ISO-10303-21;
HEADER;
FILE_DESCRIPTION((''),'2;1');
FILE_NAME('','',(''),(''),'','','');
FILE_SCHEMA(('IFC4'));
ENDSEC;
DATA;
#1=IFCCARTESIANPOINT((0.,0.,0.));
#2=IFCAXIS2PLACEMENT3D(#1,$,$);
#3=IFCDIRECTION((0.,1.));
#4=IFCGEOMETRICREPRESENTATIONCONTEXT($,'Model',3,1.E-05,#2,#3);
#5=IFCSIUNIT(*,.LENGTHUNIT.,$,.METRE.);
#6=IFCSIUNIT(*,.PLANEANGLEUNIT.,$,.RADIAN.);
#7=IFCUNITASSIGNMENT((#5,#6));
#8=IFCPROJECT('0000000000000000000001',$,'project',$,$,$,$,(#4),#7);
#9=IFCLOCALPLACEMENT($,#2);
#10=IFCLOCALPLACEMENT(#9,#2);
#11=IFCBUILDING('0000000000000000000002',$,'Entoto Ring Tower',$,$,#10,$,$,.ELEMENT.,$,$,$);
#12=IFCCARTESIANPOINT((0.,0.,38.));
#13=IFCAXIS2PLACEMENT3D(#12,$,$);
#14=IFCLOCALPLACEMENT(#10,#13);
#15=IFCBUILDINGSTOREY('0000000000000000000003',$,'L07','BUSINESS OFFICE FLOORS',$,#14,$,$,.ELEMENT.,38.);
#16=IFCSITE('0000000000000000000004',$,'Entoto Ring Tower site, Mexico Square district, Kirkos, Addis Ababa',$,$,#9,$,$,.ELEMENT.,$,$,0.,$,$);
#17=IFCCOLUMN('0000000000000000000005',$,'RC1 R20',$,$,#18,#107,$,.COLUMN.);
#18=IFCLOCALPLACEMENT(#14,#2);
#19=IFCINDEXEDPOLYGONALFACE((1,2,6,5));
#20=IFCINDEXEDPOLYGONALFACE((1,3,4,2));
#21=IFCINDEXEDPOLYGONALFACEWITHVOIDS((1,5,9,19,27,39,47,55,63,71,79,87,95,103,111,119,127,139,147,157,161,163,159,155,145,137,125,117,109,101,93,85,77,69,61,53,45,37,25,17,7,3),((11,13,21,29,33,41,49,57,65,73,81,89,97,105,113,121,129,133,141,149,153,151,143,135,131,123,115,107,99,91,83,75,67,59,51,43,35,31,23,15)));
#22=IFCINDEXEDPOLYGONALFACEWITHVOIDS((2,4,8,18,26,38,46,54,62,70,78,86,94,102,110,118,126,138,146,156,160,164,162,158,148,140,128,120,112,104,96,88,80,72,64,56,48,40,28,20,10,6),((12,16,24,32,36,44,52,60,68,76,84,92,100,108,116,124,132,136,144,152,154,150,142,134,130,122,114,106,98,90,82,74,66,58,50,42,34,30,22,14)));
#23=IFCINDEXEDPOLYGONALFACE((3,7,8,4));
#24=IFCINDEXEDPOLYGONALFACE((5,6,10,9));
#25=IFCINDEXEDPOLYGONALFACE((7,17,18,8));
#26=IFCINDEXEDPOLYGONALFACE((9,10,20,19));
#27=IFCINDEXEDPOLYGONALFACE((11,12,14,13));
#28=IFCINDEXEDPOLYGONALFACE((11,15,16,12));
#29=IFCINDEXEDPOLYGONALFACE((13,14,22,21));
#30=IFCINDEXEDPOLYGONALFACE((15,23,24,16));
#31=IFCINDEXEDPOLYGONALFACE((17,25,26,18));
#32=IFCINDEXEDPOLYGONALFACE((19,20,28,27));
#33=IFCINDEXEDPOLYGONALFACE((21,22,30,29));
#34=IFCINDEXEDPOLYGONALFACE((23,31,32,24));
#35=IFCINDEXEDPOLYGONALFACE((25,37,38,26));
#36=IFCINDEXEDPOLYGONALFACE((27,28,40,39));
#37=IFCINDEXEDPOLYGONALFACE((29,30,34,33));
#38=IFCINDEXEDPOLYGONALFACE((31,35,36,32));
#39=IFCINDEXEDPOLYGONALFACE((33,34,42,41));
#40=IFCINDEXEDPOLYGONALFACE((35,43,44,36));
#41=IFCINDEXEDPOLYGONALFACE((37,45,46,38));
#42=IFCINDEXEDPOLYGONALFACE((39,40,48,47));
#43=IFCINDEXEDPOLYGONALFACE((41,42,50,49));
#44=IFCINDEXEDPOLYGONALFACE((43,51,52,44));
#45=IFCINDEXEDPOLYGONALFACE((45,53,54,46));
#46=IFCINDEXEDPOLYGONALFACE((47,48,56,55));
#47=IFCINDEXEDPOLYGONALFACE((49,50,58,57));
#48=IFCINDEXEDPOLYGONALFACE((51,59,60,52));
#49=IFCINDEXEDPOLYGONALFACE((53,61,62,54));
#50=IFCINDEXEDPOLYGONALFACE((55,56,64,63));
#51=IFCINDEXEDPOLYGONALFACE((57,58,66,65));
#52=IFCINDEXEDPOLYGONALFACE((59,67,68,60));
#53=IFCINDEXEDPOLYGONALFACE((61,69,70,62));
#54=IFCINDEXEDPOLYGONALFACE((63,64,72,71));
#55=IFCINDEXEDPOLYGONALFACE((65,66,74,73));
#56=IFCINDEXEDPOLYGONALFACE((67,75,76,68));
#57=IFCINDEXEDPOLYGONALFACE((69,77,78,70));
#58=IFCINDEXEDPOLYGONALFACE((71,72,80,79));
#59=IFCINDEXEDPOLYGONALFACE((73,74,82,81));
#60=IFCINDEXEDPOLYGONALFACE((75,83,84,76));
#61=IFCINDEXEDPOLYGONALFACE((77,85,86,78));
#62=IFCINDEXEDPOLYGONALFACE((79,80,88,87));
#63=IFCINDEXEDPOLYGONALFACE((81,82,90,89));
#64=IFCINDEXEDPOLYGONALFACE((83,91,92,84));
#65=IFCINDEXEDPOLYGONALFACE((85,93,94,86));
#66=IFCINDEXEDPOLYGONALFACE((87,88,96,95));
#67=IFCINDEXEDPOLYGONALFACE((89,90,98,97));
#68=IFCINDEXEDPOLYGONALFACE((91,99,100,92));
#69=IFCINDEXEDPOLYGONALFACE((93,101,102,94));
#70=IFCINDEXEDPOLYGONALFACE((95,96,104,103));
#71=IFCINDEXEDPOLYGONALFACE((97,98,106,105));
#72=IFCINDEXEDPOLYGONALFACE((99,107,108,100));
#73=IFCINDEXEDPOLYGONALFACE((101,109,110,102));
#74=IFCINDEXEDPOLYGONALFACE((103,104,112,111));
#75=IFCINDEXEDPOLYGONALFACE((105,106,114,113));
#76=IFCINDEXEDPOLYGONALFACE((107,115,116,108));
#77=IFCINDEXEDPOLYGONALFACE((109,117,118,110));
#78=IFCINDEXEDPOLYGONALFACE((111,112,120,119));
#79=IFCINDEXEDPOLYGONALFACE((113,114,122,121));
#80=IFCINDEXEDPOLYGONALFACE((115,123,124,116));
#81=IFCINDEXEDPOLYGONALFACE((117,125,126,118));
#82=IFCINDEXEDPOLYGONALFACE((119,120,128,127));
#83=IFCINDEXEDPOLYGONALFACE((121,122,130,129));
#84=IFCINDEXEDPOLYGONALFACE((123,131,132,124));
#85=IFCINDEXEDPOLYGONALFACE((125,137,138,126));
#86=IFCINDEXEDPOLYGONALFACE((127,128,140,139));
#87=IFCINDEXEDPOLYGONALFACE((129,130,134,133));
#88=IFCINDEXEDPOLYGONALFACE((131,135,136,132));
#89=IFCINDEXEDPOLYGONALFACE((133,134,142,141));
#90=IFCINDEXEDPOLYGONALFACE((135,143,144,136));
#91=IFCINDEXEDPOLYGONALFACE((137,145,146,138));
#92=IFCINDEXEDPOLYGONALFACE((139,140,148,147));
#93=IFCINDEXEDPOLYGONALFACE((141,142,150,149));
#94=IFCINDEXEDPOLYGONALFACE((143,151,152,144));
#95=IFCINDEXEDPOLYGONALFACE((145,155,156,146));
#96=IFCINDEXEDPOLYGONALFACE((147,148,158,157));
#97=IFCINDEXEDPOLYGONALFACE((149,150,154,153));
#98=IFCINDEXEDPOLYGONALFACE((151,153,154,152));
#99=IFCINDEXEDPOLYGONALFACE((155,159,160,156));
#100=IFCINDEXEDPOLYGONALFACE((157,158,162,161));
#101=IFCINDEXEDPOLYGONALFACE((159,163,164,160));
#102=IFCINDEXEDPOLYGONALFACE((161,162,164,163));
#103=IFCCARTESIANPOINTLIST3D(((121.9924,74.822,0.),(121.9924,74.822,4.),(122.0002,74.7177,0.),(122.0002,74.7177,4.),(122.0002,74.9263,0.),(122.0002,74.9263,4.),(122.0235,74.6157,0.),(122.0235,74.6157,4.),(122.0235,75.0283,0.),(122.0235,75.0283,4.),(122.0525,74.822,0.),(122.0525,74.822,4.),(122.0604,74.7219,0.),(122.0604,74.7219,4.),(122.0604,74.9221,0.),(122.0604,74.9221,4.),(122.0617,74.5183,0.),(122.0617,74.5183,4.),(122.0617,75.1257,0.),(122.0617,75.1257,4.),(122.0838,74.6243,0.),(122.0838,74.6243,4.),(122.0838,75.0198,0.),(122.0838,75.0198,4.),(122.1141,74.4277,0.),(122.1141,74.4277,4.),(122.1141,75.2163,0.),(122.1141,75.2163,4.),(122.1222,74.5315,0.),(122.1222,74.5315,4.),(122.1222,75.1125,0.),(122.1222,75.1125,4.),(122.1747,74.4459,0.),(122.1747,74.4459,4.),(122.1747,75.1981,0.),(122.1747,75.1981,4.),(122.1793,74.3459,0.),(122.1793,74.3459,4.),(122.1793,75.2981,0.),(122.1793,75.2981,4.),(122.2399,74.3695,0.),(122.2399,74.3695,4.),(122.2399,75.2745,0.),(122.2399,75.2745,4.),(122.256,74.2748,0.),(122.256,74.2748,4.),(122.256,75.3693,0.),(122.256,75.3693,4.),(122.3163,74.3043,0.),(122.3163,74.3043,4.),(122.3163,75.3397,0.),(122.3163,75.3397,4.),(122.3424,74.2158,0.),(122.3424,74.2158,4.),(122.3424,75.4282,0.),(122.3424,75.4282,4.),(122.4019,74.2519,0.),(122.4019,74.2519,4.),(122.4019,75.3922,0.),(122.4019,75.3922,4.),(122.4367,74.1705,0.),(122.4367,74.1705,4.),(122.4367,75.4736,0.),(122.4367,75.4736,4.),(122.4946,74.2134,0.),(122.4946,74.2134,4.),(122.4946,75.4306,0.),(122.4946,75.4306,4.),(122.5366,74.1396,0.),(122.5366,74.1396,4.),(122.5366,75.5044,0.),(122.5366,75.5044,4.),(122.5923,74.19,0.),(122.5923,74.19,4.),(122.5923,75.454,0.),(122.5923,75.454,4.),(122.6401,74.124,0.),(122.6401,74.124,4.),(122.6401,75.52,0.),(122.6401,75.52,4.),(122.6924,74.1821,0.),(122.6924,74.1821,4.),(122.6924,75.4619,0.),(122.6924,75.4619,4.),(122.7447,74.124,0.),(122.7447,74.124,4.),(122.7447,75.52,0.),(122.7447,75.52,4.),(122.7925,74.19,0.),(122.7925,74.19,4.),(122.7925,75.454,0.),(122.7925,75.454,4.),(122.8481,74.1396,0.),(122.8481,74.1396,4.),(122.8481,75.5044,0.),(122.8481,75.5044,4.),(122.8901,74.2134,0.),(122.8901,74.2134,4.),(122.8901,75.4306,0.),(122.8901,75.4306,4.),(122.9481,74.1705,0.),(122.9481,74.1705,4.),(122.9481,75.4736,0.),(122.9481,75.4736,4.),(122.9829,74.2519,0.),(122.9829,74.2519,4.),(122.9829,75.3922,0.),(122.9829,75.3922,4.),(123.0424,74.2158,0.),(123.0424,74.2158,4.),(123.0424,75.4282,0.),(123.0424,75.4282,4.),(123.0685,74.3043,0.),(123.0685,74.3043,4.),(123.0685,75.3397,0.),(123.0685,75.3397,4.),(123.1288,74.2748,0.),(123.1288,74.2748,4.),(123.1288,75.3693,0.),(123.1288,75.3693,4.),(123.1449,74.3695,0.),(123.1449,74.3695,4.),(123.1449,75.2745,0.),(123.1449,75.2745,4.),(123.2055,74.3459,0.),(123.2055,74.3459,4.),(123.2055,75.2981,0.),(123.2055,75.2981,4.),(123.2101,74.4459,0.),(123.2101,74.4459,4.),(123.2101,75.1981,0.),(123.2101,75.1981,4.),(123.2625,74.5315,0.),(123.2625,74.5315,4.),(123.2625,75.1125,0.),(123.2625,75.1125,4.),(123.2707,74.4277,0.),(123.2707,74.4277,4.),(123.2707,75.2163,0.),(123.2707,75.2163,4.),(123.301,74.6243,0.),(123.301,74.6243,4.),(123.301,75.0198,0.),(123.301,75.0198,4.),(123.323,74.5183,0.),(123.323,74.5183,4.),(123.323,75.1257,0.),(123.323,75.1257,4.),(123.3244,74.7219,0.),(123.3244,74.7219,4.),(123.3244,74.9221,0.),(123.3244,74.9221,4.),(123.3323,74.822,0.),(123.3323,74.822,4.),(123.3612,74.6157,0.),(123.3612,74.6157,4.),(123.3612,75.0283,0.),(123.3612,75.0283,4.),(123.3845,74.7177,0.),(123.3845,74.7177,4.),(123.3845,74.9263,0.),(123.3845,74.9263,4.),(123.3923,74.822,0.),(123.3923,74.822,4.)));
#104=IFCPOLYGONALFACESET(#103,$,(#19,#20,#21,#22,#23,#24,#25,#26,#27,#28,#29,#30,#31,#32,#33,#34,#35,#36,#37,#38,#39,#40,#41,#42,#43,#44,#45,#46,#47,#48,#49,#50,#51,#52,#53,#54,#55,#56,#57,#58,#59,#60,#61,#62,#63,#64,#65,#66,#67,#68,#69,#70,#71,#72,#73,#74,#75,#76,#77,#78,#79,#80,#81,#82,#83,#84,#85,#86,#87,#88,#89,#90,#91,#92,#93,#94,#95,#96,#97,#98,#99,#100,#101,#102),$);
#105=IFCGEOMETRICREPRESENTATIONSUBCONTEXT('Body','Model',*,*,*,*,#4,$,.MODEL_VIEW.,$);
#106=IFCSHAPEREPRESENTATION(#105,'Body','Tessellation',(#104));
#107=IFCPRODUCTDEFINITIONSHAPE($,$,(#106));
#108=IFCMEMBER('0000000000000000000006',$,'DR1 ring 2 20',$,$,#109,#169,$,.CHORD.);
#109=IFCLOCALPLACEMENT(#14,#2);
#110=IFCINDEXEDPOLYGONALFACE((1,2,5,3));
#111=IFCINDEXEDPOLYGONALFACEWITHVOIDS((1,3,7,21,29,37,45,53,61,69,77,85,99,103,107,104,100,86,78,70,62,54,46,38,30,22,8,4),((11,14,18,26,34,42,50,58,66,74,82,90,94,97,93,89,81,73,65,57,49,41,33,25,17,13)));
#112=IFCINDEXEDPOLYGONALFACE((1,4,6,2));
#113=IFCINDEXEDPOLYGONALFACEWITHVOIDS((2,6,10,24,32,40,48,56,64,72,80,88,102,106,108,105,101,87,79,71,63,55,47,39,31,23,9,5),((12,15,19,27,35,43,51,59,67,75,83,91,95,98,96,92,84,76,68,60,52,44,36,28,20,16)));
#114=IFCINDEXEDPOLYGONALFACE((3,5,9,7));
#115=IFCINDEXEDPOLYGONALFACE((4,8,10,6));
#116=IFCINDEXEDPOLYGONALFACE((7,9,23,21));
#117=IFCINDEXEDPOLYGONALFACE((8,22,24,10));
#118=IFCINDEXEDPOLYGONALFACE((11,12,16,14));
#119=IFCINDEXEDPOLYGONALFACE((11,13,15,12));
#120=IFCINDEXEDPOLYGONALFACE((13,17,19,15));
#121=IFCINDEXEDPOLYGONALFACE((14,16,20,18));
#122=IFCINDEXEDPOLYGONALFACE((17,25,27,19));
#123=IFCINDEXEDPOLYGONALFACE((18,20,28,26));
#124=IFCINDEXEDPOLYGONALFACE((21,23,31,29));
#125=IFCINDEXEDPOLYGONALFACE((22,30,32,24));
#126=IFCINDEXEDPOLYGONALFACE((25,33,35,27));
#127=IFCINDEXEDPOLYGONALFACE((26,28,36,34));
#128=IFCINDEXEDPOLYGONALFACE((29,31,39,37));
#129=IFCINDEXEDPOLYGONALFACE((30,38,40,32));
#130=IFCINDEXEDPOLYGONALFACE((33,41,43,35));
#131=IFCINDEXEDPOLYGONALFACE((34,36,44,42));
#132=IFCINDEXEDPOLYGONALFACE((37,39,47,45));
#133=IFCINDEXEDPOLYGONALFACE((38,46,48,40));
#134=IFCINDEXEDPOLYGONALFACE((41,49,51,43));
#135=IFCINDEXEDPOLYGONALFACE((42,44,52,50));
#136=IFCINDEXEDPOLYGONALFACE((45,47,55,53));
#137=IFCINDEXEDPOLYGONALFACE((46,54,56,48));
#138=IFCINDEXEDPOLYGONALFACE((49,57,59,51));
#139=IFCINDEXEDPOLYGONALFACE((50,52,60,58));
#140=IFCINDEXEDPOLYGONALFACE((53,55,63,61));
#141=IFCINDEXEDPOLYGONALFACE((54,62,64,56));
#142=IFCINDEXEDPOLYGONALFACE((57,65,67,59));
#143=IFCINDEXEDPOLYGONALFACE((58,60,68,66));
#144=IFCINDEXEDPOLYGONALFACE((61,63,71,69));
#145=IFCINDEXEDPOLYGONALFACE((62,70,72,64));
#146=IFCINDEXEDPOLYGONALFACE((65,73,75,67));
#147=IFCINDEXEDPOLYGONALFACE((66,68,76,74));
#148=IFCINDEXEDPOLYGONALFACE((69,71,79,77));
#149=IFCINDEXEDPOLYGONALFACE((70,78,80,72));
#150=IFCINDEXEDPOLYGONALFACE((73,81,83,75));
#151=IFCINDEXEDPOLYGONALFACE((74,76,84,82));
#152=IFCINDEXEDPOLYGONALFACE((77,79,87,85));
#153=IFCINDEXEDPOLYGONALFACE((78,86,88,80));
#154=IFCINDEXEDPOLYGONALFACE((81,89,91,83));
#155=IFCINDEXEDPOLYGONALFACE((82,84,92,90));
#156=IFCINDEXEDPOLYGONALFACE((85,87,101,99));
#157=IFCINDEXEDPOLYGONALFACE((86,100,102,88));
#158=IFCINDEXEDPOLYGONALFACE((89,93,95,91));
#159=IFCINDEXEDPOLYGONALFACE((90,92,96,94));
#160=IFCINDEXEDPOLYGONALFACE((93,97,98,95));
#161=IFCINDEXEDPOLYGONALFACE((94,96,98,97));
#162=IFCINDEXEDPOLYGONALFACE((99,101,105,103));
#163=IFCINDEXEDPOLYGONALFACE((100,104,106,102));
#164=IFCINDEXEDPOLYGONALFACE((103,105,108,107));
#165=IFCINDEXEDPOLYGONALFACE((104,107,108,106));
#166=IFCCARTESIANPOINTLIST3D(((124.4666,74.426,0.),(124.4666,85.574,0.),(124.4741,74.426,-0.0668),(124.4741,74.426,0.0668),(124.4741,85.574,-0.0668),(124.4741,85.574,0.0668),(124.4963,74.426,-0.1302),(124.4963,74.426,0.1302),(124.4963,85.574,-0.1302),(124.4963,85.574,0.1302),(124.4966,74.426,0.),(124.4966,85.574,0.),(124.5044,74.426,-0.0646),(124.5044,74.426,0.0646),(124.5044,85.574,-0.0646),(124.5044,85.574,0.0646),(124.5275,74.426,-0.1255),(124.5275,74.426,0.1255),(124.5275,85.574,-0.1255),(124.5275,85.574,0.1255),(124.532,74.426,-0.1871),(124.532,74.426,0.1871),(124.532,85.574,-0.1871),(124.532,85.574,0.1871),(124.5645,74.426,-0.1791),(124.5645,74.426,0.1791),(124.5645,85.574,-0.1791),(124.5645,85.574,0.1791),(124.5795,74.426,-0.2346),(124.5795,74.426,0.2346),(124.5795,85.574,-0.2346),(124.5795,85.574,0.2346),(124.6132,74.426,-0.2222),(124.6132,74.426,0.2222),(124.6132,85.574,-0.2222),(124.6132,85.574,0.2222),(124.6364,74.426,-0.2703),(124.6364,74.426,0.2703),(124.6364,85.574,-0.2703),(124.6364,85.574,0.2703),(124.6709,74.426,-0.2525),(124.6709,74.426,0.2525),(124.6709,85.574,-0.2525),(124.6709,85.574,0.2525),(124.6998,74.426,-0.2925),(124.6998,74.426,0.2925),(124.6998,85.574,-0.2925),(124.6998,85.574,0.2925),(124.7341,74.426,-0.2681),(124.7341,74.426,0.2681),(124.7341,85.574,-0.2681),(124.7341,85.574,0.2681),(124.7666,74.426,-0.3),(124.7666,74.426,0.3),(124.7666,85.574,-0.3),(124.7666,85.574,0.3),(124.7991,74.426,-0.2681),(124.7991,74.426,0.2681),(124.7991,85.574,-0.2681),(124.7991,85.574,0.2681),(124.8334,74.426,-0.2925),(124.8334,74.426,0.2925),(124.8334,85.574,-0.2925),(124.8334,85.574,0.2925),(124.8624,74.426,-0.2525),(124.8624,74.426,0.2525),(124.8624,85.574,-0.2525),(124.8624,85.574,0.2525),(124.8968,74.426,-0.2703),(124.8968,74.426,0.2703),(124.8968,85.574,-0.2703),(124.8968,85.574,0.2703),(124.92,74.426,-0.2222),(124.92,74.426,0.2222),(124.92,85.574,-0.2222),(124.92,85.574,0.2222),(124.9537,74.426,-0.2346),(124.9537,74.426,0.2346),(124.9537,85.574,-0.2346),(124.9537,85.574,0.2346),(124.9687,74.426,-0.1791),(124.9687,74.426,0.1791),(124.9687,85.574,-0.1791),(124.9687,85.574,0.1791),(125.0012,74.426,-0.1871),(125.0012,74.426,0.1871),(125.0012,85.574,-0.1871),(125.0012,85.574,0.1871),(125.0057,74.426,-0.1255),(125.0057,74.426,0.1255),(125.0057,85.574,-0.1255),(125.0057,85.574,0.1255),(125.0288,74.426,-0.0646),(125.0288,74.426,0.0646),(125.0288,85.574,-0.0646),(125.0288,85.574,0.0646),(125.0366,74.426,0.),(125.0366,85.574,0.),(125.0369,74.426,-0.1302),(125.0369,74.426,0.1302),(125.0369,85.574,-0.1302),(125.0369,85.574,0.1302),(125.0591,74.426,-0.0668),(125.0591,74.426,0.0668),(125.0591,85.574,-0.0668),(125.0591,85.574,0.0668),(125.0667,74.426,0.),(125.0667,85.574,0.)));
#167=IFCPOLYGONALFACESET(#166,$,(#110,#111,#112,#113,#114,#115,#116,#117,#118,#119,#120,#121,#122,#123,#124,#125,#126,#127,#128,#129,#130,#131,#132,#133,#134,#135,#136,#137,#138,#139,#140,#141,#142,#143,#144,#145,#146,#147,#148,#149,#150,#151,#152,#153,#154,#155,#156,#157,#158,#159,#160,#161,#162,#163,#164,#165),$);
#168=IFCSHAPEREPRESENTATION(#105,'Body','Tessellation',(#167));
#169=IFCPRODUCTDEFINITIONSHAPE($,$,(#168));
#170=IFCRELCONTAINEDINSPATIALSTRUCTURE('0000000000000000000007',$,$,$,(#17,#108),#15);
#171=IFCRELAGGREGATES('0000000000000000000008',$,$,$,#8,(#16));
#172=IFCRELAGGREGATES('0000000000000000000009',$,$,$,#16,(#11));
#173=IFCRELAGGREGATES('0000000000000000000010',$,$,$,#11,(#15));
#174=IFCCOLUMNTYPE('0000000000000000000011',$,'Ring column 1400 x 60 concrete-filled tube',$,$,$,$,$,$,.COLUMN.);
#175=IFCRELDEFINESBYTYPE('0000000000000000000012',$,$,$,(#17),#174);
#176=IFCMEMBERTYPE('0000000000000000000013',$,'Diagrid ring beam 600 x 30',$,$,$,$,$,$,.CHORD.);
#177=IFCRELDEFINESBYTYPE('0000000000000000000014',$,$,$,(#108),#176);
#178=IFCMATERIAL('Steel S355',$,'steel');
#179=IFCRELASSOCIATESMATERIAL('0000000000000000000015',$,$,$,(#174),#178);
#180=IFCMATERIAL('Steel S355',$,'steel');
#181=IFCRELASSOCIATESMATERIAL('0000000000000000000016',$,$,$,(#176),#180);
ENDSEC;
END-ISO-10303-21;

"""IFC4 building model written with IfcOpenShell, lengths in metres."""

from ifc_helpers import new_model, si_unit, direction, frame, origin, origin_2d, place, context, subcontext, project, spatial, circle, hollow_circle, extrude, material, material_profile, profile_set, type_object, element, save


model = new_model("IFC4")

# Units and contexts
model_context = context("Model", 3, precision=1e-05, world=origin(), true_north=direction((0.0, 1.0)))
body_context = subcontext(model_context, "Body", "Model", "MODEL_VIEW")
ifc_project = project(units=[si_unit("LENGTHUNIT", "METRE"), si_unit("PLANEANGLEUNIT", "RADIAN")], contexts=[model_context])

# Site, building, storey
site_placement = place(None, origin())
site = spatial("IfcSite", under=ifc_project, at=site_placement, Name="Entoto Ring Tower site, Mexico Square district, Kirkos, Addis Ababa", CompositionType="ELEMENT", RefElevation=0.0)
building_placement = place(site_placement, origin())
building = spatial("IfcBuilding", under=site, at=building_placement, Name="Entoto Ring Tower", CompositionType="ELEMENT")
storey_placement = place(building_placement, frame((0.0, 0.0, 38.0)))
storey = spatial("IfcBuildingStorey", under=building, at=storey_placement, Name="L07", Description="BUSINESS OFFICE FLOORS", CompositionType="ELEMENT", Elevation=38.0)

# Column
ifc_material_1 = material(Name="Steel S355", Category="steel")
ifc_material_profile_1 = material_profile(ifc_material_1, hollow_circle(Radius=0.7, WallThickness=0.0601, at=origin_2d()), Name="CHS 1400 x 60")
ifc_material_2 = material(Name="Concrete C60/75", Category="concrete")
ifc_material_profile_2 = material_profile(ifc_material_2, circle(Radius=0.6399, at=origin_2d()), Name="Concrete C60/75 infill")
ifc_profile_set_1 = profile_set([ifc_material_profile_1, ifc_material_profile_2], Name="Steel S355")
column_type = type_object("IfcColumnType", Name="Ring column 1400 x 60 concrete-filled tube", PredefinedType="COLUMN", material=ifc_profile_set_1)
column_placement = place(storey_placement, frame((122.6924, 74.822, 0.0), z_axis=(0.0, 0.0, 1.0), x_axis=(1.0, 0.0, 0.0)))
element("IfcColumn", 1, at=column_placement, inside=storey, type_object=column_type, Name="RC1 R20", PredefinedType="COLUMN", context=body_context, shape_type="SweptSolid", body=[
    extrude(hollow_circle(Radius=0.7, WallThickness=0.0601, at=origin_2d()), origin(), (0.0, 0.0, 1.0), 4.0),
])

# Member
ifc_material_3 = material(Name="Steel S355", Category="steel")
ifc_material_profile_3 = material_profile(ifc_material_3, hollow_circle(Radius=0.3, WallThickness=0.03, at=origin_2d()), Name="CHS 600 x 30")
ifc_material_4 = material(Name="Concrete C60/75", Category="concrete")
ifc_material_profile_4 = material_profile(ifc_material_4, circle(Radius=0.27, at=origin_2d()), Name="Concrete C60/75 infill")
ifc_profile_set_2 = profile_set([ifc_material_profile_3, ifc_material_profile_4], Name="Steel S355")
member_type = type_object("IfcMemberType", Name="Diagrid ring beam 600 x 30", PredefinedType="CHORD", material=ifc_profile_set_2)
member_placement = place(storey_placement, frame((124.7666, 74.426, 0.0), z_axis=(0.0, 1.0, 0.0), x_axis=(-1.0, 0.0, 0.0)))
element("IfcMember", 2, at=member_placement, inside=storey, type_object=member_type, Name="DR1 ring 2 20", PredefinedType="CHORD", context=body_context, shape_type="SweptSolid", body=[
    extrude(hollow_circle(Radius=0.3, WallThickness=0.03, at=origin_2d()), origin(), (0.0, 0.0, 1.0), 11.1479),
])

save(model, "model.ifc")
